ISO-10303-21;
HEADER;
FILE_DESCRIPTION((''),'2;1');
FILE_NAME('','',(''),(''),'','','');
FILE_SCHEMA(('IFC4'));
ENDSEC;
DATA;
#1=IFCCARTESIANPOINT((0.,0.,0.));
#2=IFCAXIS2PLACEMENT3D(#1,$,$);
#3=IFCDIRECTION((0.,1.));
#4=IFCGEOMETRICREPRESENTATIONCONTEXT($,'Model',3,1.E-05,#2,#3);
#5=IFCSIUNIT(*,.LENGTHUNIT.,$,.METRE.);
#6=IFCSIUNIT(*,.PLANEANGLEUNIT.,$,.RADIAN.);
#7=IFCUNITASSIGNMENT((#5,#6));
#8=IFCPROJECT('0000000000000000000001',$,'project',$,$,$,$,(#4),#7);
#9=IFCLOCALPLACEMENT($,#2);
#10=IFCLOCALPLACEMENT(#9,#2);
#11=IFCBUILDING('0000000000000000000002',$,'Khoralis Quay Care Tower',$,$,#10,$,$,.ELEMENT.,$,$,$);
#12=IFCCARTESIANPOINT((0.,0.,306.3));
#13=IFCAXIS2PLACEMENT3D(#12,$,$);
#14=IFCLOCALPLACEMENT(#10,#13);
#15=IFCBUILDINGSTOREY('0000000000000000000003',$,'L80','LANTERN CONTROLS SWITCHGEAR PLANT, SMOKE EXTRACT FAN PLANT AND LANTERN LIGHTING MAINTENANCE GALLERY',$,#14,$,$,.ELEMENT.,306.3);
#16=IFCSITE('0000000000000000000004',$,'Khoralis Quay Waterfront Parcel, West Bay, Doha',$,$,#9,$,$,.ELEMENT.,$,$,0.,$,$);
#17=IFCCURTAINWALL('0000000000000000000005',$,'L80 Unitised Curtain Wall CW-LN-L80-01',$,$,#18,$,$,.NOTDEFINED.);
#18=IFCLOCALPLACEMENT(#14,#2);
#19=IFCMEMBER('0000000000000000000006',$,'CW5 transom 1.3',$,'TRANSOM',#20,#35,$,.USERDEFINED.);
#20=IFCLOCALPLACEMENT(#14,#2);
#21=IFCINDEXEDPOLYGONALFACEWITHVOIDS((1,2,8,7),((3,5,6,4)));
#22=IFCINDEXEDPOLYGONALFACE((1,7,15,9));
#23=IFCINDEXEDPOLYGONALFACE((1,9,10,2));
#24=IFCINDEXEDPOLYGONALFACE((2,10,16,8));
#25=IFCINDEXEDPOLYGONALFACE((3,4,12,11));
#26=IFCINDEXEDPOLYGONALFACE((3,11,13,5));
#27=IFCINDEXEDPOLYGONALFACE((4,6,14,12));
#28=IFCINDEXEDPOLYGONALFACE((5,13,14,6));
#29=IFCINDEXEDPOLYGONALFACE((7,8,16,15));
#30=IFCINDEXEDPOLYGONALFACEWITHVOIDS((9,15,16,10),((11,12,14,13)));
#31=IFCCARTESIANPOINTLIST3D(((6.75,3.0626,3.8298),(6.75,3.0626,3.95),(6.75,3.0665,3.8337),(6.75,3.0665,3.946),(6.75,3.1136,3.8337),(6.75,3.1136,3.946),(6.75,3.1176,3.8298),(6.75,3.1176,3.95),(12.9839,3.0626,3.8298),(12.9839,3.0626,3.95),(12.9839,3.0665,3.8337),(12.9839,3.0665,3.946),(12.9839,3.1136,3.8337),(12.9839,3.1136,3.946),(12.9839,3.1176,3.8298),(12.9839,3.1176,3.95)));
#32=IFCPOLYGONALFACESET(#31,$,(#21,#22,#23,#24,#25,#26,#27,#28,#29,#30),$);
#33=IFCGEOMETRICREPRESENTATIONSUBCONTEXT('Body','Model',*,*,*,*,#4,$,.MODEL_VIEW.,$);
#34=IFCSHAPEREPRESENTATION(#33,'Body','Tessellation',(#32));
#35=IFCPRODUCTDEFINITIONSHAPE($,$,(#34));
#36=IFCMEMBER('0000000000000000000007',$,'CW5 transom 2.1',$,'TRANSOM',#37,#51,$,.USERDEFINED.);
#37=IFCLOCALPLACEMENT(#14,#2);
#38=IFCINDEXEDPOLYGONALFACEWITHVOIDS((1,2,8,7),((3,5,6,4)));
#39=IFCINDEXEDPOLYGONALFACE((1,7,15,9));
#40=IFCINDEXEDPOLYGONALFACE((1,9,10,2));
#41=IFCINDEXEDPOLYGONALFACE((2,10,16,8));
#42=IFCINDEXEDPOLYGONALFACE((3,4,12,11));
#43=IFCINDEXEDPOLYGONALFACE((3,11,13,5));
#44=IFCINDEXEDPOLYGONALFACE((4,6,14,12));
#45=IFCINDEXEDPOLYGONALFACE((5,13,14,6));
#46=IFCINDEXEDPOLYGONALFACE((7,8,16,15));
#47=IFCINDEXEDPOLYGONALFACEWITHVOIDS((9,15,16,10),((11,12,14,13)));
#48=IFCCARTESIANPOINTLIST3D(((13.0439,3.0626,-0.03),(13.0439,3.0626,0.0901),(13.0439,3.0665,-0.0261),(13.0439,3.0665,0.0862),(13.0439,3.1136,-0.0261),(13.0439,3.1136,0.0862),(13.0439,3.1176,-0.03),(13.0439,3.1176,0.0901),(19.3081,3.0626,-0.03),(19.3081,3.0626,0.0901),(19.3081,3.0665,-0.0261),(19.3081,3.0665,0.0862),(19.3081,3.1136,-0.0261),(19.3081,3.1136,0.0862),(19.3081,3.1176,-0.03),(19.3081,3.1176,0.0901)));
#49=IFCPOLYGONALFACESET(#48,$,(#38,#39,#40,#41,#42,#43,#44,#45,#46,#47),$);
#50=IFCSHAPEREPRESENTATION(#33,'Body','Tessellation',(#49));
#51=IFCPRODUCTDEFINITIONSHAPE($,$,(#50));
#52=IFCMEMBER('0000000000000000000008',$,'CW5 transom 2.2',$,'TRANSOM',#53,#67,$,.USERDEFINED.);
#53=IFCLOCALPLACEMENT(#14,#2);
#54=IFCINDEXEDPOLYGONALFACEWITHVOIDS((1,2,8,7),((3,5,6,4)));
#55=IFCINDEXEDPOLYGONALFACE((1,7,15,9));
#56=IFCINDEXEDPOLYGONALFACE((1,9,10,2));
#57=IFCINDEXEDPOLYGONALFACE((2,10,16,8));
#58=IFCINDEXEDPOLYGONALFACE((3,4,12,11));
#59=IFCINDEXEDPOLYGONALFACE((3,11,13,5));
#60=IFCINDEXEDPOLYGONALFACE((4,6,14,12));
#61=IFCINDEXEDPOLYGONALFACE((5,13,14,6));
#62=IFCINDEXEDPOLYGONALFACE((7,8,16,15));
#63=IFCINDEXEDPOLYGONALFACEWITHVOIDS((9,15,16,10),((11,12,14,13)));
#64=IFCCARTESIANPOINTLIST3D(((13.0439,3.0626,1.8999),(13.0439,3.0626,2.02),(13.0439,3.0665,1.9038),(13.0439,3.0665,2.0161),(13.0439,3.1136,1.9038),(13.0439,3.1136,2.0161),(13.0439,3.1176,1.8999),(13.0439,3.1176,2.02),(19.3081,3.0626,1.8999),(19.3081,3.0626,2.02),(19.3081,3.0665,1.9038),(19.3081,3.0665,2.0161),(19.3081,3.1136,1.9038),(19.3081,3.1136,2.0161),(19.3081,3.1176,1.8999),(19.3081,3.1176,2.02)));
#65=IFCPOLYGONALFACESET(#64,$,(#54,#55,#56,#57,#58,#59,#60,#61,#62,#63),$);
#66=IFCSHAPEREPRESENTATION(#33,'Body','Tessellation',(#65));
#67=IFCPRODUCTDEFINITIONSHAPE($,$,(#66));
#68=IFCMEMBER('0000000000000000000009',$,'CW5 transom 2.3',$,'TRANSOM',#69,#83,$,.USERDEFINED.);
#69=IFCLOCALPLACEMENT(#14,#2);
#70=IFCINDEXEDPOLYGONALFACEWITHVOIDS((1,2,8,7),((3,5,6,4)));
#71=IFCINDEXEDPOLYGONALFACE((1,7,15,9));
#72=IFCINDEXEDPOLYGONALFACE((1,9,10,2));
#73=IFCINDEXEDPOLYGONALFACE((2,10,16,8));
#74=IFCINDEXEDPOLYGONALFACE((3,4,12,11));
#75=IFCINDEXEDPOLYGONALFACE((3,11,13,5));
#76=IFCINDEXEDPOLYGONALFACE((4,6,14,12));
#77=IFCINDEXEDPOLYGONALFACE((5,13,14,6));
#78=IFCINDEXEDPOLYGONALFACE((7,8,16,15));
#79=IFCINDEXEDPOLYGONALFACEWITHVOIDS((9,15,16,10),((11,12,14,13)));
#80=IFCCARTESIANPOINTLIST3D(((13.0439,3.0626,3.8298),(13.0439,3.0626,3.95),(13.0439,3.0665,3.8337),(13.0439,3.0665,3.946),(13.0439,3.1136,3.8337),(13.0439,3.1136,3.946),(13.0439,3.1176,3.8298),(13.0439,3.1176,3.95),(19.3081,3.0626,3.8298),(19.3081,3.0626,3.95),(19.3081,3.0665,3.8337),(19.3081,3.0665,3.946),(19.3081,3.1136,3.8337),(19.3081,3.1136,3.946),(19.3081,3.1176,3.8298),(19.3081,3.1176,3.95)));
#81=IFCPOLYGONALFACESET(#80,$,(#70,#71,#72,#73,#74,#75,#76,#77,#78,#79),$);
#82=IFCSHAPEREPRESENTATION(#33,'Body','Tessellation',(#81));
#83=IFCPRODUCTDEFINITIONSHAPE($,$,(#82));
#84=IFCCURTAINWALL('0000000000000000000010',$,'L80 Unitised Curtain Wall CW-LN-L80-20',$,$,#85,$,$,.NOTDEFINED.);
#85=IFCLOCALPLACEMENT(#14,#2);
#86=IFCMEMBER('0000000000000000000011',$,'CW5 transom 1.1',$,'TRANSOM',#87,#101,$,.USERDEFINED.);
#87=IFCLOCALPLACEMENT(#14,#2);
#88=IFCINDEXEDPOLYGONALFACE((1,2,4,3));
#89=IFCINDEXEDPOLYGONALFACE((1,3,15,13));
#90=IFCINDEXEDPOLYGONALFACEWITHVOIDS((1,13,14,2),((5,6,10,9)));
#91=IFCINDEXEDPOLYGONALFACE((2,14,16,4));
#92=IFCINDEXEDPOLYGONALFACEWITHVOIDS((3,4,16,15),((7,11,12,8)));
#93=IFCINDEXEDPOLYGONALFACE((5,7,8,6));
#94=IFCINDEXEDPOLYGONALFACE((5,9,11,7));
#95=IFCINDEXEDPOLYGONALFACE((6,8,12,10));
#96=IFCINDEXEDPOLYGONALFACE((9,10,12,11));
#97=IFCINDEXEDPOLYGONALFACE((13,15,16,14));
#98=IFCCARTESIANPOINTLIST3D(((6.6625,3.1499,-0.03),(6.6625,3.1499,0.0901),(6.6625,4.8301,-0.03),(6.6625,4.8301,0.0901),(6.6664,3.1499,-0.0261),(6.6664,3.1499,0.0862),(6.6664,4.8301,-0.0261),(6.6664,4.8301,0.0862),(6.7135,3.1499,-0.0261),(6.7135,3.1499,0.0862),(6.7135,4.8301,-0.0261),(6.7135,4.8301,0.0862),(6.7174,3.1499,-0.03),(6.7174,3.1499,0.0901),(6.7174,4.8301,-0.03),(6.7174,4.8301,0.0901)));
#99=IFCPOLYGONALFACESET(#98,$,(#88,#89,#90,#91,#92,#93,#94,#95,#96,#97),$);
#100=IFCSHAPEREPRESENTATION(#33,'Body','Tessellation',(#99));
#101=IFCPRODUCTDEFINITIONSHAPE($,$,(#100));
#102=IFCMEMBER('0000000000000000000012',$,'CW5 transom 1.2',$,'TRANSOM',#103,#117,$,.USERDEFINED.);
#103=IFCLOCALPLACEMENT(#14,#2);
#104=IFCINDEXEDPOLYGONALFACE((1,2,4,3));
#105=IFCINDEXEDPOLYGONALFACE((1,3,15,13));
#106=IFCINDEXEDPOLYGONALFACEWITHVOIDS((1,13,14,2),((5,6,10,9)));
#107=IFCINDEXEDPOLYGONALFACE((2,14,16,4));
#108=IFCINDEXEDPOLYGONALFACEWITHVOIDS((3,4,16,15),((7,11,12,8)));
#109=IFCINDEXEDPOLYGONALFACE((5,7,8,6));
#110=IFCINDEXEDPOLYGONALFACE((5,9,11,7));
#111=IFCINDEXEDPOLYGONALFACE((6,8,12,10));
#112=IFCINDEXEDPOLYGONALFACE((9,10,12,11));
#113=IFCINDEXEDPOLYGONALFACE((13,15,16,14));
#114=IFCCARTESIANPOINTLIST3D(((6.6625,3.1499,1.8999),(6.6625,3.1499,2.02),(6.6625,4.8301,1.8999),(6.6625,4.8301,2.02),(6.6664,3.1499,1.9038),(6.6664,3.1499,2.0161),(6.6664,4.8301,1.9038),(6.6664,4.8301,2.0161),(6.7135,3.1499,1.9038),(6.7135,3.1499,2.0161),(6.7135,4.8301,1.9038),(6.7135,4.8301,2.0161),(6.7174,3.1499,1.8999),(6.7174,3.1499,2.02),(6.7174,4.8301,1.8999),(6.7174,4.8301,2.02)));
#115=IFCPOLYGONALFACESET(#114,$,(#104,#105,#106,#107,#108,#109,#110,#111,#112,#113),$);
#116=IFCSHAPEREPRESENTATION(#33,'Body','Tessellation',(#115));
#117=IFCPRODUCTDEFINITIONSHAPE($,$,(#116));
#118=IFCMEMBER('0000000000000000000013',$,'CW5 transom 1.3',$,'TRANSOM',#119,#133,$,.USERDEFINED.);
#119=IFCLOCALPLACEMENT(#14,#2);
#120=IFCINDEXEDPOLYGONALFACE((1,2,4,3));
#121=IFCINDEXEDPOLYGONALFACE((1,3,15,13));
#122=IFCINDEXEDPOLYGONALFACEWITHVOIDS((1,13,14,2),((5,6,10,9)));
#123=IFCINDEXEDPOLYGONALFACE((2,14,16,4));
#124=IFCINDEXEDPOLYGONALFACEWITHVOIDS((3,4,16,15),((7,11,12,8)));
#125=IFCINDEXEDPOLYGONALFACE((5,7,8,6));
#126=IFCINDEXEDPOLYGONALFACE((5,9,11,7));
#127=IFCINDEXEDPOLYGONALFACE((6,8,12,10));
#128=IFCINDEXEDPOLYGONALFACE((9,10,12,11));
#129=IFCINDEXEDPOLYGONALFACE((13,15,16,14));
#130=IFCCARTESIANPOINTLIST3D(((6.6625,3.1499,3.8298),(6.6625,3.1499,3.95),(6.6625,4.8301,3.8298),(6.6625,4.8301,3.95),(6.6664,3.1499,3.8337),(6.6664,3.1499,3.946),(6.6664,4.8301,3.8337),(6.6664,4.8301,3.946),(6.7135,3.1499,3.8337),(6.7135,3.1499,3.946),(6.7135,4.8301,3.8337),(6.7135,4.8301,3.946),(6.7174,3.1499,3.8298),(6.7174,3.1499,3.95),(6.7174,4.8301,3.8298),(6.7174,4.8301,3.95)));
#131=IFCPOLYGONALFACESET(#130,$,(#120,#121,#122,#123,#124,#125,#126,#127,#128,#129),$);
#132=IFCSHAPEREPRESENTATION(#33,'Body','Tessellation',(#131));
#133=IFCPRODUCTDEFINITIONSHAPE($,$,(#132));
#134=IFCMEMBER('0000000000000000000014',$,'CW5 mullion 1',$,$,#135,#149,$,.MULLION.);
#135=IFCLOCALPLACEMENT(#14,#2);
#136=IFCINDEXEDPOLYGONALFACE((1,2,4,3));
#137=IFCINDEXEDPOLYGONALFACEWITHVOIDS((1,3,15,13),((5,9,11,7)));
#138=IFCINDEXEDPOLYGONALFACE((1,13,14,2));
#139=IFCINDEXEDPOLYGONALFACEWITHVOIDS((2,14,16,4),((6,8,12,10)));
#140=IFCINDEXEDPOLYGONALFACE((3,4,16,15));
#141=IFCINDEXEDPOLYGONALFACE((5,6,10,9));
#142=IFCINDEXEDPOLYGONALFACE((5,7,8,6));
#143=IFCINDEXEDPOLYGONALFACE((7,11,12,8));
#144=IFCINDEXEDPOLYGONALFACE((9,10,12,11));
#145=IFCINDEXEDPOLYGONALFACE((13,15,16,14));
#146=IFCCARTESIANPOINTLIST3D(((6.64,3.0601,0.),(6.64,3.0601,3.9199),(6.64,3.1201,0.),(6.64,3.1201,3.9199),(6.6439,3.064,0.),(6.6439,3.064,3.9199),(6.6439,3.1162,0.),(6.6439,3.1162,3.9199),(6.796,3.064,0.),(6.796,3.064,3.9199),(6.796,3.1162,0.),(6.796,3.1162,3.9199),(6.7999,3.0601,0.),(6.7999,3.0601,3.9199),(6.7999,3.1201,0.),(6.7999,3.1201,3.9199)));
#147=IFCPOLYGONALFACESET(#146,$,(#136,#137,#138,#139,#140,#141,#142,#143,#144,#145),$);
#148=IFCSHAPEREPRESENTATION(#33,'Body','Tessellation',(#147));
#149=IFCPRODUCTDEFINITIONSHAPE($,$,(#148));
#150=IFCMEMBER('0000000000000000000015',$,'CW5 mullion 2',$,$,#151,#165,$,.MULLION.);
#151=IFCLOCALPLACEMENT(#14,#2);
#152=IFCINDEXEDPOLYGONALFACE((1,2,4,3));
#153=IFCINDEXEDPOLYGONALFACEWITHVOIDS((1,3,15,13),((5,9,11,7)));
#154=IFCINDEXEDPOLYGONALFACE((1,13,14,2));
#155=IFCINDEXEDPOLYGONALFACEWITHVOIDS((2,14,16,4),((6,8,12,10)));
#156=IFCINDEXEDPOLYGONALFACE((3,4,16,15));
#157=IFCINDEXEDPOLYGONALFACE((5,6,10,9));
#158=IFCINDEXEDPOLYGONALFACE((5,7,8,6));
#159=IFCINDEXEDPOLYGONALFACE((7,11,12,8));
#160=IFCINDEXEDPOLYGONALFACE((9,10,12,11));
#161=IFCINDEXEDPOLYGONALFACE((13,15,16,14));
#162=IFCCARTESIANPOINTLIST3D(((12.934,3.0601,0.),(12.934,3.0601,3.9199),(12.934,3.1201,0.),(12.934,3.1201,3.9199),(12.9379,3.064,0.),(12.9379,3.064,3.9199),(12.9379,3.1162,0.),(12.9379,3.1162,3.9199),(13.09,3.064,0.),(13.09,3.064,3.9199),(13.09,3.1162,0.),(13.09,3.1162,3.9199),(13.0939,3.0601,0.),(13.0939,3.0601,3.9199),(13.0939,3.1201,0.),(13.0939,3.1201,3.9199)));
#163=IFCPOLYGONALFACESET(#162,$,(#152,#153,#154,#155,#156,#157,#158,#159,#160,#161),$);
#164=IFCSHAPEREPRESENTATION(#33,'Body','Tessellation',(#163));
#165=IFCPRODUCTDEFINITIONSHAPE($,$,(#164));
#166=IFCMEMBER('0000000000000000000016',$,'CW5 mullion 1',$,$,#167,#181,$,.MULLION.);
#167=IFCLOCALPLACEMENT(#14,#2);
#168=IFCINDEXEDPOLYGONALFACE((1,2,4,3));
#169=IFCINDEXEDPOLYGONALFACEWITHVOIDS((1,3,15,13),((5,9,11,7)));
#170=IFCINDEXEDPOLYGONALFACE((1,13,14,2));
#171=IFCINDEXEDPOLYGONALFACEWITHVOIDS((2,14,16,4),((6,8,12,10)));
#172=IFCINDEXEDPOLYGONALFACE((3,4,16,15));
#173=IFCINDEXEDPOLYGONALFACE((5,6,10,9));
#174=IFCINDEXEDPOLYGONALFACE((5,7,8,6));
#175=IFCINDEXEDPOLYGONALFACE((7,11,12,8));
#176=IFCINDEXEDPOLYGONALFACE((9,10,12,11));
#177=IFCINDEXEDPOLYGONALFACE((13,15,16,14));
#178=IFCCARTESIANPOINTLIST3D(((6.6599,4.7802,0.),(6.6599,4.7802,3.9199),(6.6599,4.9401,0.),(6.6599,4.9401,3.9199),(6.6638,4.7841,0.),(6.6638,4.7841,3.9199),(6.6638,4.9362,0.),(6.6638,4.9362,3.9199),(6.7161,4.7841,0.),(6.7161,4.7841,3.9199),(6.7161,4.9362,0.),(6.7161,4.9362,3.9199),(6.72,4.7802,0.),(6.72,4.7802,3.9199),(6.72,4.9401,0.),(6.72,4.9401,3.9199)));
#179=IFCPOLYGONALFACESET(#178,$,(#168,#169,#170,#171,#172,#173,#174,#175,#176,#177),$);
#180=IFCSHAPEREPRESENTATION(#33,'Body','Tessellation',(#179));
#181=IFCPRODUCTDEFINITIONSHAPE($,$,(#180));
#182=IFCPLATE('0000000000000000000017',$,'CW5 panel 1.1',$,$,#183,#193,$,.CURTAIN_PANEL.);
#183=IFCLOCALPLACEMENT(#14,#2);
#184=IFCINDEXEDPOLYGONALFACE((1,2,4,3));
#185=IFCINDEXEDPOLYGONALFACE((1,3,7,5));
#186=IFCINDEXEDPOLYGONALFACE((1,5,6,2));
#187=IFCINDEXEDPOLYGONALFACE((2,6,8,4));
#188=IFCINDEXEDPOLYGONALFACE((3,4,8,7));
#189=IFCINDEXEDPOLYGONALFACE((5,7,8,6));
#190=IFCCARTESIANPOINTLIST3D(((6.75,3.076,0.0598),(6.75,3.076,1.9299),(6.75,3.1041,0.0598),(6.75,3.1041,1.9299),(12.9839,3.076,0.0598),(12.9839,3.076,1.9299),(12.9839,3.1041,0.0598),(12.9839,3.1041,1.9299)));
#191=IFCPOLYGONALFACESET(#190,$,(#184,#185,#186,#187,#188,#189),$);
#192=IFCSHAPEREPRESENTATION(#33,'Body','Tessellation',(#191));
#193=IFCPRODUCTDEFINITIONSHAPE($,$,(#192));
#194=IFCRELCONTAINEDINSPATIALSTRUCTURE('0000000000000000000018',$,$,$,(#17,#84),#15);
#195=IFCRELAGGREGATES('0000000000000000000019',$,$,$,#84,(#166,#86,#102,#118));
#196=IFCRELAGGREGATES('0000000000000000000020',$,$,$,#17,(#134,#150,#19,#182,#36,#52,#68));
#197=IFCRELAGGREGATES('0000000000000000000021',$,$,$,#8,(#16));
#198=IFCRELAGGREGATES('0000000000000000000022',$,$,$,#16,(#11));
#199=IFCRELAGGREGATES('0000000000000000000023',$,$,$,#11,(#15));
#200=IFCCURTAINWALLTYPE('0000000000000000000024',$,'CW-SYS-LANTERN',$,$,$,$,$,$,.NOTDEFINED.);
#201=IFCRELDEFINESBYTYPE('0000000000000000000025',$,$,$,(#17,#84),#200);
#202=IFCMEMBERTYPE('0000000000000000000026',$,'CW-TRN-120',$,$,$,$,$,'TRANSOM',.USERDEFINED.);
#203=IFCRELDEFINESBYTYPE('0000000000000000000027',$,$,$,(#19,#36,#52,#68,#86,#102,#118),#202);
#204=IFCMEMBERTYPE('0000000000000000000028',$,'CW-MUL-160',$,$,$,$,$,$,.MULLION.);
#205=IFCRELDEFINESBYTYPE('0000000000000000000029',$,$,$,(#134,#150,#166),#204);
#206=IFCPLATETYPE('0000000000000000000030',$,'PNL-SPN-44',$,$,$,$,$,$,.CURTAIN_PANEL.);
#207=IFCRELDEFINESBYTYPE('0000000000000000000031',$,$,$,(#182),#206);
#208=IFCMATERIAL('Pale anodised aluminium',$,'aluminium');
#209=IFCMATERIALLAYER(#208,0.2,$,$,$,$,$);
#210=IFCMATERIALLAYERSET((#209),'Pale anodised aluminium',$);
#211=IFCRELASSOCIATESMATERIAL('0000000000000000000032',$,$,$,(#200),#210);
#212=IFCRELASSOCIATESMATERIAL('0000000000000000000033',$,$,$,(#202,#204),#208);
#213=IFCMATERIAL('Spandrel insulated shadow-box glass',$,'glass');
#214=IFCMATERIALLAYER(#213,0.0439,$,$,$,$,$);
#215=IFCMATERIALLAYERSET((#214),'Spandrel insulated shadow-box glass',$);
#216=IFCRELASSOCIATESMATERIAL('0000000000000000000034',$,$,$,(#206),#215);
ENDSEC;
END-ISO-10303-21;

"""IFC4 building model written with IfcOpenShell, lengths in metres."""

from ifc_helpers import new_model, si_unit, direction, frame, origin, origin_2d, place, context, subcontext, project, spatial, rectangle, hollow_rectangle, extrude, source, transform, mapped, material, layer, layer_set, material_profile, profile_set, type_object, element, aggregate, save


model = new_model("IFC4")

# Units and contexts
model_context = context("Model", 3, precision=1e-05, world=origin(), true_north=direction((0.0, 1.0)))
body_context = subcontext(model_context, "Body", "Model", "MODEL_VIEW")
ifc_project = project(units=[si_unit("LENGTHUNIT", "METRE"), si_unit("PLANEANGLEUNIT", "RADIAN")], contexts=[model_context])

# Site, building, storey
site_placement = place(None, origin())
site = spatial("IfcSite", under=ifc_project, at=site_placement, Name="Khoralis Quay Waterfront Parcel, West Bay, Doha", CompositionType="ELEMENT", RefElevation=0.0)
building_placement = place(site_placement, origin())
building = spatial("IfcBuilding", under=site, at=building_placement, Name="Khoralis Quay Care Tower", CompositionType="ELEMENT")
storey_placement = place(building_placement, frame((0.0, 0.0, 306.3)))
storey = spatial("IfcBuildingStorey", under=building, at=storey_placement, Name="L80", Description="LANTERN CONTROLS SWITCHGEAR PLANT, SMOKE EXTRACT FAN PLANT AND LANTERN LIGHTING MAINTENANCE GALLERY", CompositionType="ELEMENT", Elevation=306.3)

# Curtain walls, members
ifc_material_1 = material(Name="Pale anodised aluminium", Category="aluminium")
ifc_layer_1 = layer(ifc_material_1, 0.2)
ifc_layer_set_1 = layer_set([ifc_layer_1], Name="Pale anodised aluminium")
curtain_wall_type = type_object("IfcCurtainWallType", Name="CW-SYS-LANTERN", PredefinedType="NOTDEFINED", material=ifc_layer_set_1)
curtain_wall_1_placement = place(storey_placement, origin())
curtain_wall_1 = element("IfcCurtainWall", 1, at=curtain_wall_1_placement, inside=storey, type_object=curtain_wall_type, Name="L80 Unitised Curtain Wall CW-LN-L80-01", PredefinedType="NOTDEFINED")
ifc_material_profile_1 = material_profile(ifc_material_1, hollow_rectangle(XDim=0.0549, YDim=0.1201, WallThickness=0.0039, at=origin_2d()), Name="Pale anodised aluminium")
ifc_profile_set_1 = profile_set([ifc_material_profile_1], Name="Pale anodised aluminium")
member_type_1 = type_object("IfcMemberType", Name="CW-TRN-120", ElementType="TRANSOM", PredefinedType="USERDEFINED", material=ifc_profile_set_1)
shared_shape_1 = source(origin(), body_context, "Body", "SweptSolid", [
    extrude(hollow_rectangle(XDim=0.0549, YDim=0.1201, WallThickness=0.0039, at=origin_2d()), origin(), (0.0, 0.0, 1.0), 6.2339),
])
member_1_placement = place(storey_placement, frame((6.75, 3.0901, 3.8899), z_axis=(1.0, 0.0, 0.0), x_axis=(0.0, 1.0, 0.0)))
member_1 = element("IfcMember", 2, at=member_1_placement, type_object=member_type_1, Name="CW5 transom 1.3", ObjectType="TRANSOM", PredefinedType="USERDEFINED", context=body_context, shape_type="MappedRepresentation", body=[
    mapped(shared_shape_1, transform((0.0, 0.0, 0.0), scale=1.0)),
])
shared_shape_2 = source(origin(), body_context, "Body", "SweptSolid", [
    extrude(hollow_rectangle(XDim=0.0549, YDim=0.1201, WallThickness=0.0039, at=origin_2d()), origin(), (0.0, 0.0, 1.0), 6.2642),
])
member_2_placement = place(storey_placement, frame((13.0439, 3.0901, 0.03), z_axis=(1.0, 0.0, 0.0), x_axis=(0.0, 1.0, 0.0)))
member_2 = element("IfcMember", 3, at=member_2_placement, type_object=member_type_1, Name="CW5 transom 2.1", ObjectType="TRANSOM", PredefinedType="USERDEFINED", context=body_context, shape_type="MappedRepresentation", body=[
    mapped(shared_shape_2, transform((0.0, 0.0, 0.0), scale=1.0)),
])
member_3_placement = place(storey_placement, frame((13.0439, 3.0901, 1.96), z_axis=(1.0, 0.0, 0.0), x_axis=(0.0, 1.0, 0.0)))
member_3 = element("IfcMember", 4, at=member_3_placement, type_object=member_type_1, Name="CW5 transom 2.2", ObjectType="TRANSOM", PredefinedType="USERDEFINED", context=body_context, shape_type="MappedRepresentation", body=[
    mapped(shared_shape_2, transform((0.0, 0.0, 0.0), scale=1.0)),
])
member_4_placement = place(storey_placement, frame((13.0439, 3.0901, 3.8899), z_axis=(1.0, 0.0, 0.0), x_axis=(0.0, 1.0, 0.0)))
member_4 = element("IfcMember", 5, at=member_4_placement, type_object=member_type_1, Name="CW5 transom 2.3", ObjectType="TRANSOM", PredefinedType="USERDEFINED", context=body_context, shape_type="MappedRepresentation", body=[
    mapped(shared_shape_2, transform((0.0, 0.0, 0.0), scale=1.0)),
])
curtain_wall_2_placement = place(storey_placement, origin())
curtain_wall_2 = element("IfcCurtainWall", 6, at=curtain_wall_2_placement, inside=storey, type_object=curtain_wall_type, Name="L80 Unitised Curtain Wall CW-LN-L80-20", PredefinedType="NOTDEFINED")
shared_shape_3 = source(origin(), body_context, "Body", "SweptSolid", [
    extrude(hollow_rectangle(XDim=0.0549, YDim=0.1201, WallThickness=0.0039, at=origin_2d()), origin(), (0.0, 0.0, 1.0), 1.6802),
])
member_5_placement = place(storey_placement, frame((6.6899, 4.8301, 0.03), z_axis=(0.0, -1.0, 0.0), x_axis=(1.0, 0.0, 0.0)))
member_5 = element("IfcMember", 7, at=member_5_placement, type_object=member_type_1, Name="CW5 transom 1.1", ObjectType="TRANSOM", PredefinedType="USERDEFINED", context=body_context, shape_type="MappedRepresentation", body=[
    mapped(shared_shape_3, transform((0.0, 0.0, 0.0), scale=1.0)),
])
member_6_placement = place(storey_placement, frame((6.6899, 4.8301, 1.96), z_axis=(0.0, -1.0, 0.0), x_axis=(1.0, 0.0, 0.0)))
member_6 = element("IfcMember", 8, at=member_6_placement, type_object=member_type_1, Name="CW5 transom 1.2", ObjectType="TRANSOM", PredefinedType="USERDEFINED", context=body_context, shape_type="MappedRepresentation", body=[
    mapped(shared_shape_3, transform((0.0, 0.0, 0.0), scale=1.0)),
])
member_7_placement = place(storey_placement, frame((6.6899, 4.8301, 3.8899), z_axis=(0.0, -1.0, 0.0), x_axis=(1.0, 0.0, 0.0)))
member_7 = element("IfcMember", 9, at=member_7_placement, type_object=member_type_1, Name="CW5 transom 1.3", ObjectType="TRANSOM", PredefinedType="USERDEFINED", context=body_context, shape_type="MappedRepresentation", body=[
    mapped(shared_shape_3, transform((0.0, 0.0, 0.0), scale=1.0)),
])

# Members
ifc_material_profile_2 = material_profile(ifc_material_1, hollow_rectangle(XDim=0.0601, YDim=0.1599, WallThickness=0.0039, at=origin_2d()), Name="Pale anodised aluminium")
ifc_profile_set_2 = profile_set([ifc_material_profile_2], Name="Pale anodised aluminium")
member_type_2 = type_object("IfcMemberType", Name="CW-MUL-160", PredefinedType="MULLION", material=ifc_profile_set_2)
shared_shape_4 = source(origin(), body_context, "Body", "SweptSolid", [
    extrude(hollow_rectangle(XDim=0.0601, YDim=0.1599, WallThickness=0.0039, at=origin_2d()), origin(), (0.0, 0.0, 1.0), 3.9199),
])
member_8_placement = place(storey_placement, frame((6.72, 3.0901, 0.0), z_axis=(0.0, 0.0, 1.0), x_axis=(0.0, 1.0, 0.0)))
member_8 = element("IfcMember", 10, at=member_8_placement, type_object=member_type_2, Name="CW5 mullion 1", PredefinedType="MULLION", context=body_context, shape_type="MappedRepresentation", body=[
    mapped(shared_shape_4, transform((0.0, 0.0, 0.0), scale=1.0)),
])
member_9_placement = place(storey_placement, frame((13.0139, 3.0901, 0.0), z_axis=(0.0, 0.0, 1.0), x_axis=(0.0, 1.0, 0.0)))
member_9 = element("IfcMember", 11, at=member_9_placement, type_object=member_type_2, Name="CW5 mullion 2", PredefinedType="MULLION", context=body_context, shape_type="MappedRepresentation", body=[
    mapped(shared_shape_4, transform((0.0, 0.0, 0.0), scale=1.0)),
])
member_10_placement = place(storey_placement, frame((6.6899, 4.8601, 0.0), z_axis=(0.0, 0.0, 1.0), x_axis=(1.0, 0.0, 0.0)))
member_10 = element("IfcMember", 12, at=member_10_placement, type_object=member_type_2, Name="CW5 mullion 1", PredefinedType="MULLION", context=body_context, shape_type="MappedRepresentation", body=[
    mapped(shared_shape_4, transform((0.0, 0.0, 0.0), scale=1.0)),
])
aggregate(curtain_wall_2, [member_10, member_5, member_6, member_7])

# Plate
ifc_material_2 = material(Name="Spandrel insulated shadow-box glass", Category="glass")
ifc_layer_2 = layer(ifc_material_2, 0.0439)
ifc_layer_set_2 = layer_set([ifc_layer_2], Name="Spandrel insulated shadow-box glass")
plate_type = type_object("IfcPlateType", Name="PNL-SPN-44", PredefinedType="CURTAIN_PANEL", material=ifc_layer_set_2)
shared_shape_5 = source(origin(), body_context, "Body", "SweptSolid", [
    extrude(rectangle(XDim=6.2339, YDim=0.0281, at=origin_2d()), origin(), (0.0, 0.0, 1.0), 1.8701),
])
plate_1_placement = place(storey_placement, frame((9.8669, 3.0901, 0.0598), z_axis=(0.0, 0.0, 1.0), x_axis=(1.0, 0.0, 0.0)))
plate_1 = element("IfcPlate", 13, at=plate_1_placement, type_object=plate_type, Name="CW5 panel 1.1", PredefinedType="CURTAIN_PANEL", context=body_context, shape_type="MappedRepresentation", body=[
    mapped(shared_shape_5, transform((0.0, 0.0, 0.0), scale=1.0)),
])
aggregate(curtain_wall_1, [member_8, member_9, member_1, plate_1, member_2, member_3, member_4])

save(model, "model.ifc")
